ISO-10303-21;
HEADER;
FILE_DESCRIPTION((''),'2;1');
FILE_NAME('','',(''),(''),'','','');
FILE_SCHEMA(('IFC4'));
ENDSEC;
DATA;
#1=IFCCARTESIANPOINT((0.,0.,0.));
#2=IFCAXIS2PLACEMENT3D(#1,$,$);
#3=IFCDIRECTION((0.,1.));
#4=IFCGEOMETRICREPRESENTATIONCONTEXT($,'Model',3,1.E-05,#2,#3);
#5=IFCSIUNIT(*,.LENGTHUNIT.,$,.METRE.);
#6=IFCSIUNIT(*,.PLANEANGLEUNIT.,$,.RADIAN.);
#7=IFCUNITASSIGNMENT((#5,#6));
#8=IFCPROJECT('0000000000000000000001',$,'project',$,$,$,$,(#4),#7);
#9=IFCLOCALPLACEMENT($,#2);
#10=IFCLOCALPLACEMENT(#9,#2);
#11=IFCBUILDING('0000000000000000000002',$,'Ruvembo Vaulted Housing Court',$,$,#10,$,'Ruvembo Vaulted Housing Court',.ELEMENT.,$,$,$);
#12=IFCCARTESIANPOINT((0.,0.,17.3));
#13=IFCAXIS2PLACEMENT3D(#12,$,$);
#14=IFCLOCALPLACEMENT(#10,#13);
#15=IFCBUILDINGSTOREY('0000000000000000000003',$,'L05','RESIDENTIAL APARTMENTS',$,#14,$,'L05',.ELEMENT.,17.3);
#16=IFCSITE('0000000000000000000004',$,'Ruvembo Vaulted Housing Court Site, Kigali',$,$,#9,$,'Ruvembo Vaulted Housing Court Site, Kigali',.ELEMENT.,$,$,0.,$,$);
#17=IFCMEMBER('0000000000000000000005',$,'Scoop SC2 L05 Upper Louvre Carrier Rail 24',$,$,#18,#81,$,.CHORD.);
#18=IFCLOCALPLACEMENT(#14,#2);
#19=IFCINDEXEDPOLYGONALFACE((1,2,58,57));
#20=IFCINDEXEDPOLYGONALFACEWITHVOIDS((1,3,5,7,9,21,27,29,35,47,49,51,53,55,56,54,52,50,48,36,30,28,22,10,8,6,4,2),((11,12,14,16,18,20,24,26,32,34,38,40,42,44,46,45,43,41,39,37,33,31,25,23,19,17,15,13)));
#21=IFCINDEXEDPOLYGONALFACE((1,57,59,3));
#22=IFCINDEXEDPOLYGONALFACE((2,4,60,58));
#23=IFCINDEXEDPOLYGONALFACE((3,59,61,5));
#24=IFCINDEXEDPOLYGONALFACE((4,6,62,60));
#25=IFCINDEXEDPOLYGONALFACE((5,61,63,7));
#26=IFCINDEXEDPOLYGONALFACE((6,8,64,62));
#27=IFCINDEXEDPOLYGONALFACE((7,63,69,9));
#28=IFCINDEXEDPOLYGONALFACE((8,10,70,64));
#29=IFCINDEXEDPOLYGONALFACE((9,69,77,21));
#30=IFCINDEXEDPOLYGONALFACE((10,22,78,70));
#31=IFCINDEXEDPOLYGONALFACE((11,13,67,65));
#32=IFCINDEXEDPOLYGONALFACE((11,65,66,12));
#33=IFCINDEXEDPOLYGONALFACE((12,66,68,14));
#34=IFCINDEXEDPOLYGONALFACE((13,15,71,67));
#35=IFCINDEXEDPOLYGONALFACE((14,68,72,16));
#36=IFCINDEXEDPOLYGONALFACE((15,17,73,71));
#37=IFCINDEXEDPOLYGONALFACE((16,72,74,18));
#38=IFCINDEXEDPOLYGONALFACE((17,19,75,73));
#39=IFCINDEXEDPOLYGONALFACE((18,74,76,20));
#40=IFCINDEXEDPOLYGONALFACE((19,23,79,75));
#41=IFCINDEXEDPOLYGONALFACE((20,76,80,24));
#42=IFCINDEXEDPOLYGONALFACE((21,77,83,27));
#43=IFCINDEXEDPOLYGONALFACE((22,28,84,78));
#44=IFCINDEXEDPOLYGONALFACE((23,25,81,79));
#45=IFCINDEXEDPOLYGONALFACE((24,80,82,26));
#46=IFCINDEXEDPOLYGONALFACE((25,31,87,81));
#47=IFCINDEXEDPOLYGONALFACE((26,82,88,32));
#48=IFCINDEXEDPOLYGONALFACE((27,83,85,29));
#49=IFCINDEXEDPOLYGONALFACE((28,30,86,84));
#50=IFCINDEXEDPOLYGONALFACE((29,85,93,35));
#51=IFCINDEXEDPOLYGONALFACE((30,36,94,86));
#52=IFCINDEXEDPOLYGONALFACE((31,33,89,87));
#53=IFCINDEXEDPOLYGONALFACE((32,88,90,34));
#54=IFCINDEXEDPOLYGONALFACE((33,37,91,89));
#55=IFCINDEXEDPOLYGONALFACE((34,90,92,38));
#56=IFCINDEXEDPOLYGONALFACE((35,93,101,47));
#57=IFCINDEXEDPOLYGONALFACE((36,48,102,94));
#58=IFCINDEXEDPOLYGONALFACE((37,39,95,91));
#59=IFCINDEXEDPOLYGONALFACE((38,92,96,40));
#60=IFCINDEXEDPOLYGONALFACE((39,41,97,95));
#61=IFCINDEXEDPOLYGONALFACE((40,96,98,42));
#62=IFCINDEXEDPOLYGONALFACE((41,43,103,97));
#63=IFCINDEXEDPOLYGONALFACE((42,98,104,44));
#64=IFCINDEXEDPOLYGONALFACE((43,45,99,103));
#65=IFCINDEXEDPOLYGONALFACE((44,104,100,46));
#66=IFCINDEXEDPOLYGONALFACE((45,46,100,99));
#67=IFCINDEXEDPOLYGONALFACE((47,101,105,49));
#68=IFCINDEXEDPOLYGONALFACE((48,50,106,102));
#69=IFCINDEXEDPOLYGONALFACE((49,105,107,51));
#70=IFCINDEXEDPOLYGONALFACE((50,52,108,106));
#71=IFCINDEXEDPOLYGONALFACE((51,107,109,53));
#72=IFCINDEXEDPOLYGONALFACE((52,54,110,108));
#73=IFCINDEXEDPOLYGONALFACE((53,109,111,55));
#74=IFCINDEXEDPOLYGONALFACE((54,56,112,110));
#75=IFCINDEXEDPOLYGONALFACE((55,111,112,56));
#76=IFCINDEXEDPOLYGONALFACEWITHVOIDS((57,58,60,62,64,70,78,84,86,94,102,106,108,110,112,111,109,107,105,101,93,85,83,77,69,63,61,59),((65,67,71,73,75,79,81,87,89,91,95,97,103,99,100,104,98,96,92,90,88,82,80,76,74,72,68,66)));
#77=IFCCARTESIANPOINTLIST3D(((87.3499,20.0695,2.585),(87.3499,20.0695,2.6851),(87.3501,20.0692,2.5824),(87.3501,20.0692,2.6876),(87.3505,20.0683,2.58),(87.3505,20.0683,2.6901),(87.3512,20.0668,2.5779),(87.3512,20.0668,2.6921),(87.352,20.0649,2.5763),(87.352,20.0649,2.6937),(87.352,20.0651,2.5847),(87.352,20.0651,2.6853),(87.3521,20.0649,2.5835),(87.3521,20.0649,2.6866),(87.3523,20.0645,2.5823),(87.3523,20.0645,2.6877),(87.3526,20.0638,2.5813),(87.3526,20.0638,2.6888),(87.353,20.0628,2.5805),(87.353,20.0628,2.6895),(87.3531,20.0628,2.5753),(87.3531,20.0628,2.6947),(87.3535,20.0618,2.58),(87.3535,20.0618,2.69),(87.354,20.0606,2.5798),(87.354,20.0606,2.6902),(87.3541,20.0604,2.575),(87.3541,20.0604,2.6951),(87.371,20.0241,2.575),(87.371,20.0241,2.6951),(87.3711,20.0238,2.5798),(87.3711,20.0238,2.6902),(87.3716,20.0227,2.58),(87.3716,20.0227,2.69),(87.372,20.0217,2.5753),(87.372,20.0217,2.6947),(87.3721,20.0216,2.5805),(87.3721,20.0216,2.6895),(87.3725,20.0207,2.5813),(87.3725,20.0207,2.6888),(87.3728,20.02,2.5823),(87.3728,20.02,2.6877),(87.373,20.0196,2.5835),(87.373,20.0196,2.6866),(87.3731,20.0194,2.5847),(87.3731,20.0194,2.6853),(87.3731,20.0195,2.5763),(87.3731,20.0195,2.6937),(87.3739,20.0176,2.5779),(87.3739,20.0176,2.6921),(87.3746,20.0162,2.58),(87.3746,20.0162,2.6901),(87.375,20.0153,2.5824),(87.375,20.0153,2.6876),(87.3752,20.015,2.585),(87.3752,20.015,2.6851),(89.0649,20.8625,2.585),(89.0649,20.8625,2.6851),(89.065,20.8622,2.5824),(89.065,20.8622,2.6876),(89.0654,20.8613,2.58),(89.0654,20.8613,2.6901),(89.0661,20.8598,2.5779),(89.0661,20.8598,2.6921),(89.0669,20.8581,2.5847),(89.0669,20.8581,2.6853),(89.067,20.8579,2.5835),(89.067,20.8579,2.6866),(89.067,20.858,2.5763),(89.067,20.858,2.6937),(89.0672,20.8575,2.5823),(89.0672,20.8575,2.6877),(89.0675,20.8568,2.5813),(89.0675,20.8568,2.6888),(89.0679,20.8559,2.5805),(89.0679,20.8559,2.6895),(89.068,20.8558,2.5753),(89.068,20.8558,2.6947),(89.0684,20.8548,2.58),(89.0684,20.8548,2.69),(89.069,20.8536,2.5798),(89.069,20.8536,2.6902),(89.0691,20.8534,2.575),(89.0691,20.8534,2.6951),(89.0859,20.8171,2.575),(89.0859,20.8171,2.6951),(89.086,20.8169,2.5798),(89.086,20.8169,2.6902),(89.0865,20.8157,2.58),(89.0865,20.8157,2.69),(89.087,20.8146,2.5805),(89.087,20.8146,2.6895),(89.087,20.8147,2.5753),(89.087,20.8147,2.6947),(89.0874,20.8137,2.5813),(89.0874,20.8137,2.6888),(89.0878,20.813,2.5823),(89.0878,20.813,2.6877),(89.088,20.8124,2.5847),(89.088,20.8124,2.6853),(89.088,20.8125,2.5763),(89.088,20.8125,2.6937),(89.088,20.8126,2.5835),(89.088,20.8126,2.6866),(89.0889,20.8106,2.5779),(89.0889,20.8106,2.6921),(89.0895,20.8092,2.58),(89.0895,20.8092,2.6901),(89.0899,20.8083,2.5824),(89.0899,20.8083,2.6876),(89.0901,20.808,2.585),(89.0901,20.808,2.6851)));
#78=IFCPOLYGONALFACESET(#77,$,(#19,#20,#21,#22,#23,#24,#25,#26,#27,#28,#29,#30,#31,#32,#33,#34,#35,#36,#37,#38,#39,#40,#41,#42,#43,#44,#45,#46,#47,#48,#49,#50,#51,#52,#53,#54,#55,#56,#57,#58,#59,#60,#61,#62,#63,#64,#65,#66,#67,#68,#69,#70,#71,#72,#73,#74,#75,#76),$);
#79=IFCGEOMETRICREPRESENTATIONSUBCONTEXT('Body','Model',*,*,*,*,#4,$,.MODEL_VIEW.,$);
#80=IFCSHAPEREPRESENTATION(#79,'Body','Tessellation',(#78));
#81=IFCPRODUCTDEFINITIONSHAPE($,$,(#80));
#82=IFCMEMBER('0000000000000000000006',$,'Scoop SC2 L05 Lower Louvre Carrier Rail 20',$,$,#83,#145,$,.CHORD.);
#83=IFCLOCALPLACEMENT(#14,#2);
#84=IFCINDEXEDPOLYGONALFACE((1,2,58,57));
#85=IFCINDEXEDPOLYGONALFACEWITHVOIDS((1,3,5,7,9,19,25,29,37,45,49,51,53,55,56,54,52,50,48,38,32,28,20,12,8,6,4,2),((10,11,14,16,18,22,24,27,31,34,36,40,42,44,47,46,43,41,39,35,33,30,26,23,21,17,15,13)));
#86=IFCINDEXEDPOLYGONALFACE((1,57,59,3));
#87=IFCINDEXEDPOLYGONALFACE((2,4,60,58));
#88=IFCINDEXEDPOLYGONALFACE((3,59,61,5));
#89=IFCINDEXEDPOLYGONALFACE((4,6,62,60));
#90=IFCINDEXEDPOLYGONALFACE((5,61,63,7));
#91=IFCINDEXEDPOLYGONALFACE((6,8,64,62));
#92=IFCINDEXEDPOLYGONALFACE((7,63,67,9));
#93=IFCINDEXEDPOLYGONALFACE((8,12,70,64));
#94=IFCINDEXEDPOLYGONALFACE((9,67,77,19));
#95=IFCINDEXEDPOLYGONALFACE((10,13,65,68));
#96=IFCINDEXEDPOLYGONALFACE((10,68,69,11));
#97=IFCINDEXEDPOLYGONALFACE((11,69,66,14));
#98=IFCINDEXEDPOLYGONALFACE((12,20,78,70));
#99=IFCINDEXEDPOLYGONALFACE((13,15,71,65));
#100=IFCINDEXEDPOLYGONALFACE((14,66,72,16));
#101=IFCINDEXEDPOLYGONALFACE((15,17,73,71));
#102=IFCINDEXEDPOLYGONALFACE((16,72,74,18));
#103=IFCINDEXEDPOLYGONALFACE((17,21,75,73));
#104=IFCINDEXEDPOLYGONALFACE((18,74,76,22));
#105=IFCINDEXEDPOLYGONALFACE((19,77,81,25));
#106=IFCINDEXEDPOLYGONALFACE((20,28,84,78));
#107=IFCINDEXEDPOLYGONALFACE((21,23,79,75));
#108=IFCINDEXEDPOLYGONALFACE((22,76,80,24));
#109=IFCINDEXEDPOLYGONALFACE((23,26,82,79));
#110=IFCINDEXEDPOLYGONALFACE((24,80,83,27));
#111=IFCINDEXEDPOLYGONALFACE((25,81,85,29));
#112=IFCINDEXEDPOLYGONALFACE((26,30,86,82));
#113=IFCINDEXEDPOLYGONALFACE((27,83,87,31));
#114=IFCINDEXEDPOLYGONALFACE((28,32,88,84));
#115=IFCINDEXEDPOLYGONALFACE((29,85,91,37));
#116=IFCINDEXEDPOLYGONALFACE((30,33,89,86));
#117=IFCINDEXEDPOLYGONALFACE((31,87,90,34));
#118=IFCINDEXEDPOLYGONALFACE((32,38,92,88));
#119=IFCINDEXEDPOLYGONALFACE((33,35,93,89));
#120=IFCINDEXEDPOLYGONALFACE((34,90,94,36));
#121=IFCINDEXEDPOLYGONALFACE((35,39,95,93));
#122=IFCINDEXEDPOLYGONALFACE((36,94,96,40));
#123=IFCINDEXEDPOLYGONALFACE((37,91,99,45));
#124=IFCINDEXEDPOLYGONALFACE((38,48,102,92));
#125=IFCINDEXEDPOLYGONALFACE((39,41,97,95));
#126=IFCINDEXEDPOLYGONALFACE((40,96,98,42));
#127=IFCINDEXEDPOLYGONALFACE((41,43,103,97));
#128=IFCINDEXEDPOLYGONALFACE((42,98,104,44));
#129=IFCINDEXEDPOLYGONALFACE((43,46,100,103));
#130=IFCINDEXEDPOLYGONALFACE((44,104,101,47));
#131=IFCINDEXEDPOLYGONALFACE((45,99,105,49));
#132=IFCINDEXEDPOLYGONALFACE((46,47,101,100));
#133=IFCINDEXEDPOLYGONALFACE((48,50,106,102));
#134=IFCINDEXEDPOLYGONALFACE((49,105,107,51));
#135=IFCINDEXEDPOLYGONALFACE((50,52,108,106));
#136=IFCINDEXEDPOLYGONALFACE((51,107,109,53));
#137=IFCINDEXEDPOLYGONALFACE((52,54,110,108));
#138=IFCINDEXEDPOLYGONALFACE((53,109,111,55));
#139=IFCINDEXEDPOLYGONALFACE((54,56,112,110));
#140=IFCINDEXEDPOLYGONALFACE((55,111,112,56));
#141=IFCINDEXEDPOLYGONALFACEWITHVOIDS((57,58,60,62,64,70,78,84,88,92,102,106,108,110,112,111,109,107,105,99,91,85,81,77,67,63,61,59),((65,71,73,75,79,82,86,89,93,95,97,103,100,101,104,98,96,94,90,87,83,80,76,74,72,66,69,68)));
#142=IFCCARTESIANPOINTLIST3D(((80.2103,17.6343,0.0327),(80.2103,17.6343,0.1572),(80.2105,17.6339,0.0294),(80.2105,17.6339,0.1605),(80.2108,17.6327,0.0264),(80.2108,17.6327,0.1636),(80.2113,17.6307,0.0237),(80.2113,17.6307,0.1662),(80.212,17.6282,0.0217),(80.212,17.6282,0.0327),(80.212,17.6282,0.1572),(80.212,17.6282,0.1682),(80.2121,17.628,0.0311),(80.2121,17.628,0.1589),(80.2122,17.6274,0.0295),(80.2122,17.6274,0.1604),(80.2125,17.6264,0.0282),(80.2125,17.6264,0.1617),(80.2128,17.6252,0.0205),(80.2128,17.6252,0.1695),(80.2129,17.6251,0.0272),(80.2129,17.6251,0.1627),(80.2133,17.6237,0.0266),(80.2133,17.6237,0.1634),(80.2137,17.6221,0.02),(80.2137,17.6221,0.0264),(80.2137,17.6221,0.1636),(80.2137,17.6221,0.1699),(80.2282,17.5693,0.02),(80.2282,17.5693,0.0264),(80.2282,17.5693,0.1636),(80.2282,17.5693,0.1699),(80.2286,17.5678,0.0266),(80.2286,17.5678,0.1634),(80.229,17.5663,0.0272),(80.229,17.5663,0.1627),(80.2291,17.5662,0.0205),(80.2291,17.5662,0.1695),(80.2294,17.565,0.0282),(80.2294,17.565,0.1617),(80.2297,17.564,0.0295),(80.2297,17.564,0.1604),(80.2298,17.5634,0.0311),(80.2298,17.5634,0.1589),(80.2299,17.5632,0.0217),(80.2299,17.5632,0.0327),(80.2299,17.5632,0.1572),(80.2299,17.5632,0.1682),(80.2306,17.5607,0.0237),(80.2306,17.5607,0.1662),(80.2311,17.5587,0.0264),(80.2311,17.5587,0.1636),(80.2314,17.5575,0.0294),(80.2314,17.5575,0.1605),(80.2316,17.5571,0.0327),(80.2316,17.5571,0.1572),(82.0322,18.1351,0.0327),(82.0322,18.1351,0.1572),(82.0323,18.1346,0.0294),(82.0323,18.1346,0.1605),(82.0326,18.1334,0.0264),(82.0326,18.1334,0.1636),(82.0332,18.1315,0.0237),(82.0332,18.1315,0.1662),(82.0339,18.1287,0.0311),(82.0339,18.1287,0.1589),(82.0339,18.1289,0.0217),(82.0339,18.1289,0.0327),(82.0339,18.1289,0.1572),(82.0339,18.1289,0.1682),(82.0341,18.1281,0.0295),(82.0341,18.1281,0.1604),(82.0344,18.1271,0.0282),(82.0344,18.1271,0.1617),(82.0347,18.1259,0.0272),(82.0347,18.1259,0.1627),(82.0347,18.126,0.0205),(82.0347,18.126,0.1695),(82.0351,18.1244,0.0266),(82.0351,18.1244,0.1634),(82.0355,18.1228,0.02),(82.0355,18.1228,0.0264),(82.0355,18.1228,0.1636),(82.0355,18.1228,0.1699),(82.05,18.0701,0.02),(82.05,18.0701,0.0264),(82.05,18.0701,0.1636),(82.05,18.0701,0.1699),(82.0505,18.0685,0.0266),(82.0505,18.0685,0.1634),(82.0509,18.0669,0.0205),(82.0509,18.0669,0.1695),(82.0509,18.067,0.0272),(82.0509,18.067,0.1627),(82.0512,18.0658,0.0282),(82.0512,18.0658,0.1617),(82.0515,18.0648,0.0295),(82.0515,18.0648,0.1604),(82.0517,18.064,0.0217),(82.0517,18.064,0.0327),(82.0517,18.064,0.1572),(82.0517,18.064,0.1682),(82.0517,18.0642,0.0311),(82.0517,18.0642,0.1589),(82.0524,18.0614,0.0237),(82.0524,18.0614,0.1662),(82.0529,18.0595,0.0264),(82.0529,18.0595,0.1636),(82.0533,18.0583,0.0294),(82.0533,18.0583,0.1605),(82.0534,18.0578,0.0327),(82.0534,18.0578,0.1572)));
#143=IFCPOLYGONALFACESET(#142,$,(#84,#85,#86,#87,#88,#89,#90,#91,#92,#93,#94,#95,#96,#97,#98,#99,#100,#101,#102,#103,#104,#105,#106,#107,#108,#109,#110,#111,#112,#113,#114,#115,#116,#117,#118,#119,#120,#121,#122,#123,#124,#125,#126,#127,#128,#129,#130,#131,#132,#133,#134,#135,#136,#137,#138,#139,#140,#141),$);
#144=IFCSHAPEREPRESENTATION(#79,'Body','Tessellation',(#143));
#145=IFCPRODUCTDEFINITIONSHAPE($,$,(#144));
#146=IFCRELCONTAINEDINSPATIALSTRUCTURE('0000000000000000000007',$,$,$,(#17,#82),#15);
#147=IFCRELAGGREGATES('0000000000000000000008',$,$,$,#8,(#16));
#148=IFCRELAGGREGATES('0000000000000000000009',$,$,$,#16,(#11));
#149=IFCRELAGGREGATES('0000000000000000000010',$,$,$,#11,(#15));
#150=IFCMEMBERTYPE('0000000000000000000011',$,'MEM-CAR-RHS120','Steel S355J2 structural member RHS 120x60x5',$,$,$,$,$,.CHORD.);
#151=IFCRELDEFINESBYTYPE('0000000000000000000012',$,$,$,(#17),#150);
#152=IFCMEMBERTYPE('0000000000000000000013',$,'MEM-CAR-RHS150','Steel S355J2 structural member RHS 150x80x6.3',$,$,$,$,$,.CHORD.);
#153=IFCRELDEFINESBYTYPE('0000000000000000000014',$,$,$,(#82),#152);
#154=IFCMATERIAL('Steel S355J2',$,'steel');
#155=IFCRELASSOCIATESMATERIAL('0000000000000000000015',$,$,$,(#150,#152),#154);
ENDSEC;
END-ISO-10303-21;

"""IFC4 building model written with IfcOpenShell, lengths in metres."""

from ifc_helpers import new_model, si_unit, direction, frame, origin, origin_2d, place, context, subcontext, project, spatial, hollow_rectangle, extrude, material, material_profile, profile_set, type_object, element, save


model = new_model("IFC4")

# Units and contexts
model_context = context("Model", 3, precision=1e-05, world=origin(), true_north=direction((0.0, 1.0)))
body_context = subcontext(model_context, "Body", "Model", "MODEL_VIEW")
ifc_project = project(units=[si_unit("LENGTHUNIT", "METRE"), si_unit("PLANEANGLEUNIT", "RADIAN")], contexts=[model_context])

# Site, building, storey
site_placement = place(None, origin())
site = spatial("IfcSite", under=ifc_project, at=site_placement, Name="Ruvembo Vaulted Housing Court Site, Kigali", LongName="Ruvembo Vaulted Housing Court Site, Kigali", CompositionType="ELEMENT", RefElevation=0.0)
building_placement = place(site_placement, origin())
building = spatial("IfcBuilding", under=site, at=building_placement, Name="Ruvembo Vaulted Housing Court", LongName="Ruvembo Vaulted Housing Court", CompositionType="ELEMENT")
storey_placement = place(building_placement, frame((0.0, 0.0, 17.3)))
storey = spatial("IfcBuildingStorey", under=building, at=storey_placement, Name="L05", Description="RESIDENTIAL APARTMENTS", LongName="L05", CompositionType="ELEMENT", Elevation=17.3)

# Shared definitions
ifc_material_1 = material(Name="Steel S355J2", Category="steel")

# Members
ifc_material_profile_1 = material_profile(ifc_material_1, hollow_rectangle(XDim=0.0601, YDim=0.1201, WallThickness=0.0049, InnerFilletRadius=0.0049, OuterFilletRadius=0.01, at=origin_2d()), Name="RHS 120x60x5")
ifc_profile_set_1 = profile_set([ifc_material_profile_1], Name="Steel S355J2")
member_type_1 = type_object("IfcMemberType", Name="MEM-CAR-RHS120", Description="Steel S355J2 structural member RHS 120x60x5", PredefinedType="CHORD", material=ifc_profile_set_1)
member_1_placement = place(storey_placement, frame((87.3625, 20.0422, 2.635), z_axis=(0.907657, 0.419714, 0.0), x_axis=(-0.419714, 0.907657, 0.0)))
element("IfcMember", 1, at=member_1_placement, inside=storey, type_object=member_type_1, Name="Scoop SC2 L05 Upper Louvre Carrier Rail 24", PredefinedType="CHORD", context=body_context, shape_type="SweptSolid", body=[
    extrude(hollow_rectangle(XDim=0.0601, YDim=0.1201, WallThickness=0.0049, InnerFilletRadius=0.0049, OuterFilletRadius=0.01, at=origin_2d()), origin(), (0.0, 0.0, 1.0), 1.8894),
])
ifc_material_profile_2 = material_profile(ifc_material_1, hollow_rectangle(XDim=0.0801, YDim=0.1499, WallThickness=0.0063, InnerFilletRadius=0.0063, OuterFilletRadius=0.0127, at=origin_2d()), Name="RHS 150x80x6.3")
ifc_profile_set_2 = profile_set([ifc_material_profile_2], Name="Steel S355J2")
member_type_2 = type_object("IfcMemberType", Name="MEM-CAR-RHS150", Description="Steel S355J2 structural member RHS 150x80x6.3", PredefinedType="CHORD", material=ifc_profile_set_2)
member_2_placement = place(storey_placement, frame((80.2209, 17.5957, 0.095), z_axis=(0.96424, 0.26503, 0.0), x_axis=(-0.26503, 0.96424, 0.0)))
element("IfcMember", 2, at=member_2_placement, inside=storey, type_object=member_type_2, Name="Scoop SC2 L05 Lower Louvre Carrier Rail 20", PredefinedType="CHORD", context=body_context, shape_type="SweptSolid", body=[
    extrude(hollow_rectangle(XDim=0.0801, YDim=0.1499, WallThickness=0.0063, InnerFilletRadius=0.0063, OuterFilletRadius=0.0127, at=origin_2d()), origin(), (0.0, 0.0, 1.0), 1.8894),
])

save(model, "model.ifc")
